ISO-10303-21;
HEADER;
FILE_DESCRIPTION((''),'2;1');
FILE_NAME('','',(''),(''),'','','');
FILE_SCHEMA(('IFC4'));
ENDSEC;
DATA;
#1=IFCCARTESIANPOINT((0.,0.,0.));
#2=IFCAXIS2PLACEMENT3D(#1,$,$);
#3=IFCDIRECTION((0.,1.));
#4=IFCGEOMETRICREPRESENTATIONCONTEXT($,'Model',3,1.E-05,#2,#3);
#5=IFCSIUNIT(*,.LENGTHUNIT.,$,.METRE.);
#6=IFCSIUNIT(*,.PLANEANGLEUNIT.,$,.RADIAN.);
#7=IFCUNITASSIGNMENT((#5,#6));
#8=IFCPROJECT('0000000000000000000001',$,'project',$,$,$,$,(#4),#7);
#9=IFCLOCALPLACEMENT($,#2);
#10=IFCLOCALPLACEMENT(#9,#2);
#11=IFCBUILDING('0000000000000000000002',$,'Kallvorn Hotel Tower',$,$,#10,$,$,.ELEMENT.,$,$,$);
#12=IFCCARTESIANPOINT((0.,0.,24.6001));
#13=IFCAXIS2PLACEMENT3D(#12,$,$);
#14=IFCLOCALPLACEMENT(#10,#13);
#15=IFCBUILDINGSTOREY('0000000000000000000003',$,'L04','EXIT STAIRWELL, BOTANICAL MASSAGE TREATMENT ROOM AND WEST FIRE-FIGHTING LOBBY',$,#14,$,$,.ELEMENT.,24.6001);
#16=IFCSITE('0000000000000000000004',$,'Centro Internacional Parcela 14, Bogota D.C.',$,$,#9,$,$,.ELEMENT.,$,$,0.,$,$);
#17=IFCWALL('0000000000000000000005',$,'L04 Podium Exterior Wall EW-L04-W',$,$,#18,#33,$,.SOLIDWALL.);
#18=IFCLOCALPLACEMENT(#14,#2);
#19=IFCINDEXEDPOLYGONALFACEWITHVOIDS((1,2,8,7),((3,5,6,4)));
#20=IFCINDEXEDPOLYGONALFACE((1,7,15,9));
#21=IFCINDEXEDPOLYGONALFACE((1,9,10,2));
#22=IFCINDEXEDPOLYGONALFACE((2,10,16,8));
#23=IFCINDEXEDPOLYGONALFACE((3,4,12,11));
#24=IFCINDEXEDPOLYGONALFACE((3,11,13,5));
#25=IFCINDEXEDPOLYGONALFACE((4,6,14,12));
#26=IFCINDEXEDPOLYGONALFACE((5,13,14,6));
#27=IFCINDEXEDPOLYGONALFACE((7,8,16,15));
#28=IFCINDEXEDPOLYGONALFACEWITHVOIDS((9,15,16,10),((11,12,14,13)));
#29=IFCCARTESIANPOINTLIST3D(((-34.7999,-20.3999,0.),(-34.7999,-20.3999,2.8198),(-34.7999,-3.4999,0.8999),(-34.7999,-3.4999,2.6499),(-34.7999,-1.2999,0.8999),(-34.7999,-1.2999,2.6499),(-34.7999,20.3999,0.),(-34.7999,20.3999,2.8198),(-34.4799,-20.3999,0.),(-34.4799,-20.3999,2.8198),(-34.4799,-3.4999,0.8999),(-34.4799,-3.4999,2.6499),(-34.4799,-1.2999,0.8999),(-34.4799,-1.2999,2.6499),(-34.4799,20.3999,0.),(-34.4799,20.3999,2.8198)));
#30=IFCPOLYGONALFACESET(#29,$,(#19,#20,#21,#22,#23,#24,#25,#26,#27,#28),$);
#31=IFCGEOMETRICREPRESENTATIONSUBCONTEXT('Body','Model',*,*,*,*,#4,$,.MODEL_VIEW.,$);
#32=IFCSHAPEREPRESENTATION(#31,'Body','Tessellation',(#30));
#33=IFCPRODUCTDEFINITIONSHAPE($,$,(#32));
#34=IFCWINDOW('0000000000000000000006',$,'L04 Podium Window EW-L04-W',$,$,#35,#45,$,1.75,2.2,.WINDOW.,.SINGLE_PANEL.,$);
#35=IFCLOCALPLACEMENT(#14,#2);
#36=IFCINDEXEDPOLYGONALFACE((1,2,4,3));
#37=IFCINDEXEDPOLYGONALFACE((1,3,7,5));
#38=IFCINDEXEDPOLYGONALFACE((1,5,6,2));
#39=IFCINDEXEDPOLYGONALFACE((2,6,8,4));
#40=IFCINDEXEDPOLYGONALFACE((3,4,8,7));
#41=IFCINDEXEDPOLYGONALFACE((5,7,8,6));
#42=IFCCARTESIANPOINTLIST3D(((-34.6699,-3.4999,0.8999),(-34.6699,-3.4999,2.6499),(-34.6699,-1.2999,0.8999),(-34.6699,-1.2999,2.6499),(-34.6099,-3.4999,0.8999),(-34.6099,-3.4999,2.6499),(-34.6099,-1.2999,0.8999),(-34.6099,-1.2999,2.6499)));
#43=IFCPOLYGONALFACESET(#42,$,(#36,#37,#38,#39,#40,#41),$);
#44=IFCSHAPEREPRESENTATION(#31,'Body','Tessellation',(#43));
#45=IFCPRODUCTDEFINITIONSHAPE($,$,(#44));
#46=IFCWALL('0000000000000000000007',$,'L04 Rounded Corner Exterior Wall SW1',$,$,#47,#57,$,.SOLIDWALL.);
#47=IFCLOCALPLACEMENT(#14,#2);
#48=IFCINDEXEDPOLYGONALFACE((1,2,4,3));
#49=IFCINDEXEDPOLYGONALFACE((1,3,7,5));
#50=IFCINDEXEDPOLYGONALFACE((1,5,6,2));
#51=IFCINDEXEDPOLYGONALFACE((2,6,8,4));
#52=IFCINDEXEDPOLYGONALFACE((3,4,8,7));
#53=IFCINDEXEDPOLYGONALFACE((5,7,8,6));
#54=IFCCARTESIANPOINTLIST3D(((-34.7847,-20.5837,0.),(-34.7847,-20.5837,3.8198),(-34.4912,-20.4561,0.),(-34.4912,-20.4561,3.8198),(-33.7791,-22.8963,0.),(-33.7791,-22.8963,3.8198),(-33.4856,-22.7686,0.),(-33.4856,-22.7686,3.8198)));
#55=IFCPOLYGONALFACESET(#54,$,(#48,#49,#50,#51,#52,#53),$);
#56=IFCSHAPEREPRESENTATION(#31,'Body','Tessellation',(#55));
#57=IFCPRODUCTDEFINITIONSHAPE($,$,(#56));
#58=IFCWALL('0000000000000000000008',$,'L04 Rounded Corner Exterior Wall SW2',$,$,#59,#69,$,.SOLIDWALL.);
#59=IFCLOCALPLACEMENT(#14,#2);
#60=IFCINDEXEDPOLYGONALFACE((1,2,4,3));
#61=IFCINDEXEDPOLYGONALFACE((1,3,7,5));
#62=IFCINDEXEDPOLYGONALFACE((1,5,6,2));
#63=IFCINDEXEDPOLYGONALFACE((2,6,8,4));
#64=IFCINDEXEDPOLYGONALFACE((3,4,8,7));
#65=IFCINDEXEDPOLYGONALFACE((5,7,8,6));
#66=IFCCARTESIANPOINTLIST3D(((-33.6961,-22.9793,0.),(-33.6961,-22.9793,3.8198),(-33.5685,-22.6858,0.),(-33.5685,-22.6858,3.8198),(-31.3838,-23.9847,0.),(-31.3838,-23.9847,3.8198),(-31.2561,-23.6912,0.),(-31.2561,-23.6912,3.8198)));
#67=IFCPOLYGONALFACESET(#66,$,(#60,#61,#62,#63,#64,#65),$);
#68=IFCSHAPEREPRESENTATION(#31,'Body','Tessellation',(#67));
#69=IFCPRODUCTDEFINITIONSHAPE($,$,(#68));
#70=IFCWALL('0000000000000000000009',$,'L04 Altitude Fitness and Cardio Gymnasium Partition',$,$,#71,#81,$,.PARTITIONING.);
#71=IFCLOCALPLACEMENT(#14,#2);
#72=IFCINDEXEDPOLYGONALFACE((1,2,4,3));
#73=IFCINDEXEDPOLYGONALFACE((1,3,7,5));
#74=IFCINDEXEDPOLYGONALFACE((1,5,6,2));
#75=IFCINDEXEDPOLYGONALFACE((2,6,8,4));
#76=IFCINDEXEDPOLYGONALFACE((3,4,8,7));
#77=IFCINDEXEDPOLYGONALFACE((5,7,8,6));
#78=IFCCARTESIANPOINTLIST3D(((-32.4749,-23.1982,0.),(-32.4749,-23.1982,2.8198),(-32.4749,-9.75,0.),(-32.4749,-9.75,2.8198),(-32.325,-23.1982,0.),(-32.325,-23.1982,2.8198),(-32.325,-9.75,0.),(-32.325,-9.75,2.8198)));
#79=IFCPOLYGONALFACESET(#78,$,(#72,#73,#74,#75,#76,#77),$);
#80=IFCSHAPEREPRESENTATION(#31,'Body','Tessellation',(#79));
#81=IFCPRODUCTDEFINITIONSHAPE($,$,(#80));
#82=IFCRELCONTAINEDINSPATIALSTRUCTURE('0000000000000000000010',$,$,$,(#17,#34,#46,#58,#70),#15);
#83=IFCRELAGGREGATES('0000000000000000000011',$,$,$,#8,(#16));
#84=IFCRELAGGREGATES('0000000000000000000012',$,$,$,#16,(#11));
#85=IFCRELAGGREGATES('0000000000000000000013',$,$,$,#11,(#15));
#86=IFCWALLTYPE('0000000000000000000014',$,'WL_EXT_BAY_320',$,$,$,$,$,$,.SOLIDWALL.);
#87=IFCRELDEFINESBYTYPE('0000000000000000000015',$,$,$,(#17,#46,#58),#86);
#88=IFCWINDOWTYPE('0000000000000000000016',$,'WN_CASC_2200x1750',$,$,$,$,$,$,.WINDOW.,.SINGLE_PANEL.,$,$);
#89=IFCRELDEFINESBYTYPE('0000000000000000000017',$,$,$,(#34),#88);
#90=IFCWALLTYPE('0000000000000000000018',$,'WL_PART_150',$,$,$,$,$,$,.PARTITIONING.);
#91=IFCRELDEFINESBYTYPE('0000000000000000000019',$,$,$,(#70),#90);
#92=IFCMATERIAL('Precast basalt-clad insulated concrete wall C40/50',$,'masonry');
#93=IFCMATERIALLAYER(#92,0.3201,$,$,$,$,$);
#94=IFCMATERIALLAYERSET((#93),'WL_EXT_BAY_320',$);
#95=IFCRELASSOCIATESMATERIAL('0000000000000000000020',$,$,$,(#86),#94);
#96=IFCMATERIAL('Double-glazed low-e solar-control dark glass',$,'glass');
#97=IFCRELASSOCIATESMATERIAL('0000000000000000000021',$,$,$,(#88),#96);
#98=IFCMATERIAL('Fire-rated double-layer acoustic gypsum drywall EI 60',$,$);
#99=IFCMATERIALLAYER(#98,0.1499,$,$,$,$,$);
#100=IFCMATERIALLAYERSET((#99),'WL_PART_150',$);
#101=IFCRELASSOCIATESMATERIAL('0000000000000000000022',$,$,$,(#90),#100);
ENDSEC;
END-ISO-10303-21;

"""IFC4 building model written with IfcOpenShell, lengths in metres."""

from ifc_helpers import new_model, si_unit, direction, frame, frame_2d, origin, place, context, subcontext, project, spatial, rectangle, extrude, material, layer, layer_set, type_object, element, fill, save


model = new_model("IFC4")

# Units and contexts
model_context = context("Model", 3, precision=1e-05, world=origin(), true_north=direction((0.0, 1.0)))
body_context = subcontext(model_context, "Body", "Model", "MODEL_VIEW")
ifc_project = project(units=[si_unit("LENGTHUNIT", "METRE"), si_unit("PLANEANGLEUNIT", "RADIAN")], contexts=[model_context])

# Site, building, storey
site_placement = place(None, origin())
site = spatial("IfcSite", under=ifc_project, at=site_placement, Name="Centro Internacional Parcela 14, Bogota D.C.", CompositionType="ELEMENT", RefElevation=0.0)
building_placement = place(site_placement, origin())
building = spatial("IfcBuilding", under=site, at=building_placement, Name="Kallvorn Hotel Tower", CompositionType="ELEMENT")
storey_placement = place(building_placement, frame((0.0, 0.0, 24.6001)))
storey = spatial("IfcBuildingStorey", under=building, at=storey_placement, Name="L04", Description="EXIT STAIRWELL, BOTANICAL MASSAGE TREATMENT ROOM AND WEST FIRE-FIGHTING LOBBY", CompositionType="ELEMENT", Elevation=24.6001)

# Wall, opening, window
ifc_material_1 = material(Name="Precast basalt-clad insulated concrete wall C40/50", Category="masonry")
ifc_layer_1 = layer(ifc_material_1, 0.3201)
ifc_layer_set_1 = layer_set([ifc_layer_1], Name="WL_EXT_BAY_320")
wall_type_1 = type_object("IfcWallType", Name="WL_EXT_BAY_320", PredefinedType="SOLIDWALL", material=ifc_layer_set_1)
wall_1_placement = place(storey_placement, frame((-34.6399, -20.3999, 0.0), z_axis=(0.0, 0.0, 1.0), x_axis=(0.0, 1.0, 0.0)))
wall_1 = element("IfcWall", 1, at=wall_1_placement, inside=storey, type_object=wall_type_1, Name="L04 Podium Exterior Wall EW-L04-W", PredefinedType="SOLIDWALL", context=body_context, shape_type="SweptSolid", body=[
    extrude(rectangle(XDim=40.7998, YDim=0.3201, at=frame_2d((20.3999, 0.0))), origin(), (0.0, 0.0, 1.0), 2.8198),
])
opening_placement = place(wall_1_placement, frame((16.8999, 0.0, 0.8999)))
opening = element("IfcOpeningElement", 2, at=opening_placement, cuts=wall_1, PredefinedType="OPENING", context=body_context, shape_type="SweptSolid", body=[
    extrude(rectangle(XDim=2.2, YDim=1.75, at=frame_2d((1.1001, 0.875))), frame((0.0, 0.175, 0.0), z_axis=(0.0, -1.0, 0.0), x_axis=(1.0, 0.0, 0.0)), (0.0, 0.0, 1.0), 0.3501),
])
ifc_material_2 = material(Name="Double-glazed low-e solar-control dark glass", Category="glass")
window_type = type_object("IfcWindowType", Name="WN_CASC_2200x1750", PartitioningType="SINGLE_PANEL", PredefinedType="WINDOW", material=ifc_material_2)
window_placement = place(opening_placement, origin())
window = element("IfcWindow", 3, at=window_placement, inside=storey, type_object=window_type, Name="L04 Podium Window EW-L04-W", OverallHeight=1.75, OverallWidth=2.2, PartitioningType="SINGLE_PANEL", PredefinedType="WINDOW", context=body_context, shape_type="SweptSolid", body=[
    extrude(rectangle(XDim=2.2, YDim=1.75, at=frame_2d((1.1001, 0.875))), frame((0.0, 0.03, 0.0), z_axis=(0.0, -1.0, 0.0), x_axis=(1.0, 0.0, 0.0)), (0.0, 0.0, 1.0), 0.0601),
])
fill(opening, window)

# Walls
wall_2_placement = place(storey_placement, frame((-34.6379, -20.52, 0.0), z_axis=(0.0, 0.0, 1.0), x_axis=(0.398786, -0.917044, 0.0)))
element("IfcWall", 4, at=wall_2_placement, inside=storey, type_object=wall_type_1, Name="L04 Rounded Corner Exterior Wall SW1", PredefinedType="SOLIDWALL", context=body_context, shape_type="SweptSolid", body=[
    extrude(rectangle(XDim=2.5217, YDim=0.3201, at=frame_2d((1.2607, 0.0))), origin(), (0.0, 0.0, 1.0), 3.8198),
])
wall_3_placement = place(storey_placement, frame((-33.6323, -22.8325, 0.0), z_axis=(0.0, 0.0, 1.0), x_axis=(0.917064, -0.39874, 0.0)))
element("IfcWall", 5, at=wall_3_placement, inside=storey, type_object=wall_type_1, Name="L04 Rounded Corner Exterior Wall SW2", PredefinedType="SOLIDWALL", context=body_context, shape_type="SweptSolid", body=[
    extrude(rectangle(XDim=2.5215, YDim=0.3201, at=frame_2d((1.2607, 0.0))), origin(), (0.0, 0.0, 1.0), 3.8198),
])
ifc_material_3 = material(Name="Fire-rated double-layer acoustic gypsum drywall EI 60")
ifc_layer_2 = layer(ifc_material_3, 0.1499)
ifc_layer_set_2 = layer_set([ifc_layer_2], Name="WL_PART_150")
wall_type_2 = type_object("IfcWallType", Name="WL_PART_150", PredefinedType="PARTITIONING", material=ifc_layer_set_2)
wall_4_placement = place(storey_placement, frame((-32.3999, -23.1982, 0.0), z_axis=(0.0, 0.0, 1.0), x_axis=(0.0, 1.0, 0.0)))
element("IfcWall", 6, at=wall_4_placement, inside=storey, type_object=wall_type_2, Name="L04 Altitude Fitness and Cardio Gymnasium Partition", PredefinedType="PARTITIONING", context=body_context, shape_type="SweptSolid", body=[
    extrude(rectangle(XDim=13.4482, YDim=0.1499, at=frame_2d((6.7241, 0.0))), origin(), (0.0, 0.0, 1.0), 2.8198),
])

save(model, "model.ifc")
